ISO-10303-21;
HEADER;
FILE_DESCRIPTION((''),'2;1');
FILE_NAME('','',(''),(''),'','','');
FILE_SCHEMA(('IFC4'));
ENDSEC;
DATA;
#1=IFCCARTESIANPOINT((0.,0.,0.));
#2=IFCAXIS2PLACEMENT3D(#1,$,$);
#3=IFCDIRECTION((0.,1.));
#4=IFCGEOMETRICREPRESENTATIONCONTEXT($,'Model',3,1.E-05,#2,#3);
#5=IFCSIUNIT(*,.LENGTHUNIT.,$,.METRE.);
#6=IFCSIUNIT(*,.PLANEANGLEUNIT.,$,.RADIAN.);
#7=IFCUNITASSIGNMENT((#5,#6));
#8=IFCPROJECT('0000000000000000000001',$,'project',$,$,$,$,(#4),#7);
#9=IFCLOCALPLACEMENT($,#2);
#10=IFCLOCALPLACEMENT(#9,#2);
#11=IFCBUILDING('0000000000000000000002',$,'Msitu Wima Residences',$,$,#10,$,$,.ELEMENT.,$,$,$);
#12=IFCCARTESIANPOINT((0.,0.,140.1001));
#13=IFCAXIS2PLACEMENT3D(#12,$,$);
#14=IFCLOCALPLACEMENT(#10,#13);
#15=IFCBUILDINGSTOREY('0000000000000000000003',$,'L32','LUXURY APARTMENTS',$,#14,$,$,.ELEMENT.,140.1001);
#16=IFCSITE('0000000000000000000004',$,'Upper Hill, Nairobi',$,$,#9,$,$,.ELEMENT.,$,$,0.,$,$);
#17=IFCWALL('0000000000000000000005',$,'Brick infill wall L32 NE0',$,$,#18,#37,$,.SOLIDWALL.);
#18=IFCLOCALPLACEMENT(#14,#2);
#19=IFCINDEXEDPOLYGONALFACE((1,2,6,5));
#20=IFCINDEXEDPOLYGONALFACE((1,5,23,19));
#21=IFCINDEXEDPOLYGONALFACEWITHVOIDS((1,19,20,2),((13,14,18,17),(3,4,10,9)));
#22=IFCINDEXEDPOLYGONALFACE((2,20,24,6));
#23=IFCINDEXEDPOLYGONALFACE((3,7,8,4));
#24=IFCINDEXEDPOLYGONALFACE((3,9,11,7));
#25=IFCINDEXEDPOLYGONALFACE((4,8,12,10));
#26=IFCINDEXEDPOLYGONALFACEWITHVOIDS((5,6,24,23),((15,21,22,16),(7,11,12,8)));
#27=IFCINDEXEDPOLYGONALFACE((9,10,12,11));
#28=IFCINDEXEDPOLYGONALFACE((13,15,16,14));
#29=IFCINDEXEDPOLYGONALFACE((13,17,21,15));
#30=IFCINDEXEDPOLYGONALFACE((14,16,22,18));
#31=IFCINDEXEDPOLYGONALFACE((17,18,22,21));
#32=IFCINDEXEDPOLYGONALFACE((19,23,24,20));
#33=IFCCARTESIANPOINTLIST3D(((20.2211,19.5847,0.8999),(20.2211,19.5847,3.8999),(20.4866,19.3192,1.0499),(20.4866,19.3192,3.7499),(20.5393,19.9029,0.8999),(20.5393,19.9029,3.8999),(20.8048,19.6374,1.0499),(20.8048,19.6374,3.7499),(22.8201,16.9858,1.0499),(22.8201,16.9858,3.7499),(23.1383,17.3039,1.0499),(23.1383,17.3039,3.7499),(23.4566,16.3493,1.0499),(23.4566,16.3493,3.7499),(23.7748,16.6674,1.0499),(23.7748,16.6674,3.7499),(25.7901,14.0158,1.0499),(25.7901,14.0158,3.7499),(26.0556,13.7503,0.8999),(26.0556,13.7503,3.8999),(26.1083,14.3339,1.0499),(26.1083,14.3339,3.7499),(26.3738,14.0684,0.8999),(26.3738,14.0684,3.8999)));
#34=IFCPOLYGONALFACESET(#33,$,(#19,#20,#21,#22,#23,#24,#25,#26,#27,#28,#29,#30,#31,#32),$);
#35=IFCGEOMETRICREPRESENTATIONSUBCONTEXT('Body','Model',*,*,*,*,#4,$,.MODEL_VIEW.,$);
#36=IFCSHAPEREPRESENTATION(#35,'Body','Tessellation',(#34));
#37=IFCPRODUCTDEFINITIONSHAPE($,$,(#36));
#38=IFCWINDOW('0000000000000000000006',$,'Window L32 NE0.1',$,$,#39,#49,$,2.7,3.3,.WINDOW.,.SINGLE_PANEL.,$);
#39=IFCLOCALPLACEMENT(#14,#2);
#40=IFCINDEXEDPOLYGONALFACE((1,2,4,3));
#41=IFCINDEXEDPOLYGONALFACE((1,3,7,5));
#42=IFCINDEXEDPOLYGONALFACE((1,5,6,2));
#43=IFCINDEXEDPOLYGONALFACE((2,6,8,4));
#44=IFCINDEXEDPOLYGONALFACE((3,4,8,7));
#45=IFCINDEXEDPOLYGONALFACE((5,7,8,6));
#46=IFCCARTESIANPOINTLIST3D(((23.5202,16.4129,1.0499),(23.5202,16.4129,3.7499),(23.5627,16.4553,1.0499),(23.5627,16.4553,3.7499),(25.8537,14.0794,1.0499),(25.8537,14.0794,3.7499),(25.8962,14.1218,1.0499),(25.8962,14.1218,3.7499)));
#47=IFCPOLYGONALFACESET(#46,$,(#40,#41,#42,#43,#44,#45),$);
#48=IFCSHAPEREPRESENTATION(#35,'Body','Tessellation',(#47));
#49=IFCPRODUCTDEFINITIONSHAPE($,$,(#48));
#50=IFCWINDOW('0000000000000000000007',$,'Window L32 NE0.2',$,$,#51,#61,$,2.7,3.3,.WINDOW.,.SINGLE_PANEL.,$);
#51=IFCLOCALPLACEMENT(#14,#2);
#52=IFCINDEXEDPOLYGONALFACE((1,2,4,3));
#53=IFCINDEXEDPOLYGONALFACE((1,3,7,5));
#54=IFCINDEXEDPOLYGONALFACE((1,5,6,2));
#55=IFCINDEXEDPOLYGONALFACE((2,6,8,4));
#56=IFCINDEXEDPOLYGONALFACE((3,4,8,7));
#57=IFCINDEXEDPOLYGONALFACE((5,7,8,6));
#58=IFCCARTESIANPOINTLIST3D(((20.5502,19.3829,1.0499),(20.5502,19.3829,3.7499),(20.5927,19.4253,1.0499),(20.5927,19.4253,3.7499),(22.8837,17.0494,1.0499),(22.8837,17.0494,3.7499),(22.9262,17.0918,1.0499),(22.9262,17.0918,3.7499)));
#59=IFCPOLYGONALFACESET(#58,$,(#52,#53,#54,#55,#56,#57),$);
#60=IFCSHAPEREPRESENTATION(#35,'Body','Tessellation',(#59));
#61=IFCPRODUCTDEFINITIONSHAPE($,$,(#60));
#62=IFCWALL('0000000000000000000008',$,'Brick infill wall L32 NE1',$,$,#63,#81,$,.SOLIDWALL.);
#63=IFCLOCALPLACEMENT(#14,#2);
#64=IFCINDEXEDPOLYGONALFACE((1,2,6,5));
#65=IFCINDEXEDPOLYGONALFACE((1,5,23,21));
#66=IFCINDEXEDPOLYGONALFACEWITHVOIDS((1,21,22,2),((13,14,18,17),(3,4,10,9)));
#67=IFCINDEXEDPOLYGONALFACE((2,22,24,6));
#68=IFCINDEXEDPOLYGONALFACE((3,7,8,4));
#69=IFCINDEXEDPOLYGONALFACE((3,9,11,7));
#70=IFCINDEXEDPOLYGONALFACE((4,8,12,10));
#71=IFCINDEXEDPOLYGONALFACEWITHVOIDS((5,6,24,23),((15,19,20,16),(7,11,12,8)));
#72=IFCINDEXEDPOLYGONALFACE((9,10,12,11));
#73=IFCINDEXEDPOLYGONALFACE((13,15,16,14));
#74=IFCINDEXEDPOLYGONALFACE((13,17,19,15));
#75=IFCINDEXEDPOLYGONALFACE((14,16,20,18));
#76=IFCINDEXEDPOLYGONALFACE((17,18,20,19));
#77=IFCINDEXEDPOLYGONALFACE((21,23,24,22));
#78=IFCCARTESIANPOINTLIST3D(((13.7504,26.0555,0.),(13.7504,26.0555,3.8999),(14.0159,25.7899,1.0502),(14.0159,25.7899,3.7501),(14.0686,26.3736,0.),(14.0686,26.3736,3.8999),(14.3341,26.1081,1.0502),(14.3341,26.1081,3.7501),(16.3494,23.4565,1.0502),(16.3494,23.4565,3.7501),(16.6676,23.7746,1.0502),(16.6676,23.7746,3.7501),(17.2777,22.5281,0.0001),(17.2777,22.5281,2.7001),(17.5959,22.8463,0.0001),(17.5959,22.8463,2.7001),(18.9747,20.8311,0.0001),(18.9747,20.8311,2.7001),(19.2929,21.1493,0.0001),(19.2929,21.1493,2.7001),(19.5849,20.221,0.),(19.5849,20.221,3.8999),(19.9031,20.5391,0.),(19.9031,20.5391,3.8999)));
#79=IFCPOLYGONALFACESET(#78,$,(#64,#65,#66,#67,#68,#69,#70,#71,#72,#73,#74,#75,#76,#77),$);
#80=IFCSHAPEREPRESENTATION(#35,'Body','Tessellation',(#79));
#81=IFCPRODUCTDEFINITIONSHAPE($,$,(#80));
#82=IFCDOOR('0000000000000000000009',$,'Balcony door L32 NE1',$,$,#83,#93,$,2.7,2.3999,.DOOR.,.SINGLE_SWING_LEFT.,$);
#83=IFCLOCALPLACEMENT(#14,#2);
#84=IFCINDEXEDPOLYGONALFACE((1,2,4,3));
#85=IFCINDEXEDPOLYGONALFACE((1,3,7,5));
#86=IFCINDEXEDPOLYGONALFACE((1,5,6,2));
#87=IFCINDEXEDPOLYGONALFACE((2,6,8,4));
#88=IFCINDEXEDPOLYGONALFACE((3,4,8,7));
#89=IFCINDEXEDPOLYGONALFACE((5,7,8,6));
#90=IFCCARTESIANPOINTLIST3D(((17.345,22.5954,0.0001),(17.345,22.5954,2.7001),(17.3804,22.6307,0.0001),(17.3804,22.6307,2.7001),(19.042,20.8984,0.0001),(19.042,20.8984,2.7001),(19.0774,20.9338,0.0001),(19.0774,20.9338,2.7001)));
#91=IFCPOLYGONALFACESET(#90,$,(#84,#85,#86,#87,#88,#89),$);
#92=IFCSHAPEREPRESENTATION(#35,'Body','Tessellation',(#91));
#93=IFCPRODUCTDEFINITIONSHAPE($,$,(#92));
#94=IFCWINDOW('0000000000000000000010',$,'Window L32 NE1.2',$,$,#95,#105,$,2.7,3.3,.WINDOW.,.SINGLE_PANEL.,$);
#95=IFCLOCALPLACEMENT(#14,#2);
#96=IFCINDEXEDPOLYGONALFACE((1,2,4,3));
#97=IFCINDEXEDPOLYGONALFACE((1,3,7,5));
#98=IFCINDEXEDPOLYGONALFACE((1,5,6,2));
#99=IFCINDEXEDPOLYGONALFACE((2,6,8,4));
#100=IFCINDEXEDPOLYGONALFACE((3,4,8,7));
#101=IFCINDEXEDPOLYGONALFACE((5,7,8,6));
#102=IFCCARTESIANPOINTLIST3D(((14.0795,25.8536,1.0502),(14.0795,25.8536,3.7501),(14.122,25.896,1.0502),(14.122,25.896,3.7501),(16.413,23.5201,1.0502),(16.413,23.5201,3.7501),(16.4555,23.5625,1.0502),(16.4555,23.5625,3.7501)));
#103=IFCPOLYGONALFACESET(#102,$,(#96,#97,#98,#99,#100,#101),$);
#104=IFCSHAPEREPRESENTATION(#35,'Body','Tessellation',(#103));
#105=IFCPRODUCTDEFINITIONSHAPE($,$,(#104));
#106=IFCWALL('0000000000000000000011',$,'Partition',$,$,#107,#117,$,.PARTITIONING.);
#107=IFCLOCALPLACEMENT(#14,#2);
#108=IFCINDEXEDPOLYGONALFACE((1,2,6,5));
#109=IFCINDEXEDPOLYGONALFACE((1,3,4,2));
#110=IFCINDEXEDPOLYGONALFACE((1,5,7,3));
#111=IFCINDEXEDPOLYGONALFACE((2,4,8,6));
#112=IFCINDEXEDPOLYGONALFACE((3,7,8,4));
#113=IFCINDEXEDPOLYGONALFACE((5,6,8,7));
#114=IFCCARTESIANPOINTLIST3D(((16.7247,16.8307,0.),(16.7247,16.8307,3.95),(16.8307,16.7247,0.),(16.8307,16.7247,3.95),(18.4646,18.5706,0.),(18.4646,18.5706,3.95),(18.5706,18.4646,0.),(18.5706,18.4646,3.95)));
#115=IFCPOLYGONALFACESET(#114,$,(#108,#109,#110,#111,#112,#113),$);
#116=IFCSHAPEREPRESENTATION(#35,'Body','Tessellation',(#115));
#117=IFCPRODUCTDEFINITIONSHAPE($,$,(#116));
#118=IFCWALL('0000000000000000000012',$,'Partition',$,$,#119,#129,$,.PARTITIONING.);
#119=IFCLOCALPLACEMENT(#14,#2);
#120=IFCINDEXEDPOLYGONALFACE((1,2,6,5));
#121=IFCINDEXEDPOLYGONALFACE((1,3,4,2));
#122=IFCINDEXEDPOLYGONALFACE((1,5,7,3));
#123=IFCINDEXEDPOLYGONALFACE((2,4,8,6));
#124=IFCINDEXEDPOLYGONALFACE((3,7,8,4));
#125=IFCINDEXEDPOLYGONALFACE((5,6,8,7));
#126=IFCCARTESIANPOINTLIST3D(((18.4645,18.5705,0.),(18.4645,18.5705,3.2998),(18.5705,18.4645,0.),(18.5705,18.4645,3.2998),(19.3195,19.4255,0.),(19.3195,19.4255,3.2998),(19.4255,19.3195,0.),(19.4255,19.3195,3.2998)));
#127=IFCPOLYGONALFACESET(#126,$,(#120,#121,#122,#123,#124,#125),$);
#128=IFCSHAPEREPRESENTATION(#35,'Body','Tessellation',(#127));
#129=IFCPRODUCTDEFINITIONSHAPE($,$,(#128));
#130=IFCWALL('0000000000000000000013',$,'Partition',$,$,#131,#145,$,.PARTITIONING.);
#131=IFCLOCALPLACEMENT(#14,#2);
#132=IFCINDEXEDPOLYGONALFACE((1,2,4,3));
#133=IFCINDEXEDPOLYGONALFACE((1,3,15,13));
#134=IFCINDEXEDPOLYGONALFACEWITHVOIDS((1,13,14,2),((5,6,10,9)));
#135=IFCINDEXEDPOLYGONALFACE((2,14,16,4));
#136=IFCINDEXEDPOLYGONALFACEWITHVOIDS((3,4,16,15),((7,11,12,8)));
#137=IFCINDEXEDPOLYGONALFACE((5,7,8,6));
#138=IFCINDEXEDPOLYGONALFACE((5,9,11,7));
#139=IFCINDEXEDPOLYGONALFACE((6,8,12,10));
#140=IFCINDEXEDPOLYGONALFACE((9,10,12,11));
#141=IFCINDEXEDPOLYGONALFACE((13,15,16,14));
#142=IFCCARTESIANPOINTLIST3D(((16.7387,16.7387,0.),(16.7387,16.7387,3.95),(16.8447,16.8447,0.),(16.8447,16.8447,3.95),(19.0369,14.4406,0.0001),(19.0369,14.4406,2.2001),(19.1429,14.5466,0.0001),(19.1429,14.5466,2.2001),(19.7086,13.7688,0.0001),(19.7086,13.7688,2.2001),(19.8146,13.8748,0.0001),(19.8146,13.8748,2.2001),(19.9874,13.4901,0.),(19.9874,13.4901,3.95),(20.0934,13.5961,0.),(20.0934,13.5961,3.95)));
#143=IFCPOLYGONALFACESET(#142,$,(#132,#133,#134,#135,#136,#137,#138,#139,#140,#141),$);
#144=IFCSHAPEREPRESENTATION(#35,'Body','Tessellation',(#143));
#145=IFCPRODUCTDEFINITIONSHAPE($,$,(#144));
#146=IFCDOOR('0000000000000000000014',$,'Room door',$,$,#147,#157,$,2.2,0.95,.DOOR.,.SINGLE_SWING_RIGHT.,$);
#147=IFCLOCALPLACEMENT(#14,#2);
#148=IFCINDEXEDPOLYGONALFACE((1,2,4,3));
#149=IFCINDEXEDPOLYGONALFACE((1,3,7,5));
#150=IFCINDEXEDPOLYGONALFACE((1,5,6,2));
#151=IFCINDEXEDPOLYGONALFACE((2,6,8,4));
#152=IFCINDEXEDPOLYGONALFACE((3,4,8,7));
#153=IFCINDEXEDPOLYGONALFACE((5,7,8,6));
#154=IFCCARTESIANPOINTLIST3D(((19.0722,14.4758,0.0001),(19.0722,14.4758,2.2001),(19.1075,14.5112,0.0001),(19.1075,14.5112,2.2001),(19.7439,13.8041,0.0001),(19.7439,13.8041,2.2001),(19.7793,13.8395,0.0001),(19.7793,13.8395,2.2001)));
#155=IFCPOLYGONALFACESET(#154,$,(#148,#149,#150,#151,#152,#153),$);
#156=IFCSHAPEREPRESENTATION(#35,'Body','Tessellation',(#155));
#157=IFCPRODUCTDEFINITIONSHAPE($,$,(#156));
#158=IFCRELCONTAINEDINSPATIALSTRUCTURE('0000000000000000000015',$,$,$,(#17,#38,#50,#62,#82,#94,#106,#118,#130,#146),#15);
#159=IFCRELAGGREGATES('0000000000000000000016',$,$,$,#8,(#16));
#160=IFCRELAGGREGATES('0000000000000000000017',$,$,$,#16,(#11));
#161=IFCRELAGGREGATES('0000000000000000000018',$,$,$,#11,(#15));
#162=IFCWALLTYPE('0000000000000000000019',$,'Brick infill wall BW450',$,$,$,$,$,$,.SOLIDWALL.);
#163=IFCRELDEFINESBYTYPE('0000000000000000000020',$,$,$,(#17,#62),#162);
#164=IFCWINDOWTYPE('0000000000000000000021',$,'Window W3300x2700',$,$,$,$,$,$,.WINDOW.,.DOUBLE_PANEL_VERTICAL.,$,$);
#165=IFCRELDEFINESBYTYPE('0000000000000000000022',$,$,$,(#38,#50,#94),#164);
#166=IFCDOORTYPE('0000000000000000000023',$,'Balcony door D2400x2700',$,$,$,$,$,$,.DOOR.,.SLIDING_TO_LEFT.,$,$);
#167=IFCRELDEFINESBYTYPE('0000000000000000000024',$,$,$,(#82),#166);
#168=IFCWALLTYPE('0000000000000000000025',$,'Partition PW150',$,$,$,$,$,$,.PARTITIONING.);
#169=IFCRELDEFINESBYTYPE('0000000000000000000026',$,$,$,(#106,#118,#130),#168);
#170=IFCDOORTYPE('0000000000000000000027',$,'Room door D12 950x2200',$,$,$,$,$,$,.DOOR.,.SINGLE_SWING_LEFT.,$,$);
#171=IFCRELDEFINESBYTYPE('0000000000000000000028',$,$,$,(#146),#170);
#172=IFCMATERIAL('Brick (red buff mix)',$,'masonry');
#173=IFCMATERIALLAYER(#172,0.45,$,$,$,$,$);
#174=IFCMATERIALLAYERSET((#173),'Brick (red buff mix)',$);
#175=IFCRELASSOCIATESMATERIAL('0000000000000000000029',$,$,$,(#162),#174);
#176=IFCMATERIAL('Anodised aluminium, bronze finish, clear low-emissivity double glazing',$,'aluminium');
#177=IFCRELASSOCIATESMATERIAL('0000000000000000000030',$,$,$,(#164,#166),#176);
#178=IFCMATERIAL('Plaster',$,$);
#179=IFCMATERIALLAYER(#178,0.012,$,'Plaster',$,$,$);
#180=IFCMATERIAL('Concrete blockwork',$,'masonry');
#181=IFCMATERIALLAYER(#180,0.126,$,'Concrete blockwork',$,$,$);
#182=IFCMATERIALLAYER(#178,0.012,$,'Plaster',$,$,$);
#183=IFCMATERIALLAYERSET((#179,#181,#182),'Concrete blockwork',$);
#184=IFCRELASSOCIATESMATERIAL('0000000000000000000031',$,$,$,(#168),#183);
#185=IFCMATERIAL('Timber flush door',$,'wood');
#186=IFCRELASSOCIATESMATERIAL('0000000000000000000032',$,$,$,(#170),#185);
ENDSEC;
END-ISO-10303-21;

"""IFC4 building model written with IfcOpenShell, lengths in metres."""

from ifc_helpers import new_model, si_unit, direction, frame, frame_2d, origin, place, context, subcontext, project, spatial, rectangle, extrude, material, layer, layer_set, type_object, element, fill, save


model = new_model("IFC4")

# Units and contexts
model_context = context("Model", 3, precision=1e-05, world=origin(), true_north=direction((0.0, 1.0)))
body_context = subcontext(model_context, "Body", "Model", "MODEL_VIEW")
ifc_project = project(units=[si_unit("LENGTHUNIT", "METRE"), si_unit("PLANEANGLEUNIT", "RADIAN")], contexts=[model_context])

# Site, building, storey
site_placement = place(None, origin())
site = spatial("IfcSite", under=ifc_project, at=site_placement, Name="Upper Hill, Nairobi", CompositionType="ELEMENT", RefElevation=0.0)
building_placement = place(site_placement, origin())
building = spatial("IfcBuilding", under=site, at=building_placement, Name="Msitu Wima Residences", CompositionType="ELEMENT")
storey_placement = place(building_placement, frame((0.0, 0.0, 140.1001)))
storey = spatial("IfcBuildingStorey", under=building, at=storey_placement, Name="L32", Description="LUXURY APARTMENTS", CompositionType="ELEMENT", Elevation=140.1001)

# Wall, openings, windows
ifc_material_1 = material(Name="Brick (red buff mix)", Category="masonry")
ifc_layer_1 = layer(ifc_material_1, 0.45)
ifc_layer_set_1 = layer_set([ifc_layer_1], Name="Brick (red buff mix)")
wall_type_1 = type_object("IfcWallType", Name="Brick infill wall BW450", PredefinedType="SOLIDWALL", material=ifc_layer_set_1)
wall_1_placement = place(storey_placement, frame((26.2146, 13.9094, 0.8999), z_axis=(0.0, 0.0, 1.0), x_axis=(-0.707107, 0.707107, 0.0)))
wall_1 = element("IfcWall", 1, at=wall_1_placement, inside=storey, type_object=wall_type_1, Name="Brick infill wall L32 NE0", PredefinedType="SOLIDWALL", context=body_context, shape_type="SweptSolid", body=[
    extrude(rectangle(XDim=8.2512, YDim=0.45, at=frame_2d((4.1255, 0.0))), origin(), (0.0, 0.0, 1.0), 3.0),
])
opening_1_placement = place(wall_1_placement, frame((0.3755, 0.0, 0.1499)))
opening_1 = element("IfcOpeningElement", 2, at=opening_1_placement, cuts=wall_1, PredefinedType="OPENING", context=body_context, shape_type="SweptSolid", body=[
    extrude(rectangle(XDim=3.3, YDim=2.7, at=frame_2d((1.6499, 1.3501))), frame((0.0, 0.2349, 0.0), z_axis=(0.0, -1.0, 0.0), x_axis=(1.0, 0.0, 0.0)), (0.0, 0.0, 1.0), 0.47),
])
opening_2_placement = place(wall_1_placement, frame((4.5757, 0.0, 0.1499)))
opening_2 = element("IfcOpeningElement", 3, at=opening_2_placement, cuts=wall_1, PredefinedType="OPENING", context=body_context, shape_type="SweptSolid", body=[
    extrude(rectangle(XDim=3.3, YDim=2.7, at=frame_2d((1.6499, 1.3501))), frame((0.0, 0.2349, 0.0), z_axis=(0.0, -1.0, 0.0), x_axis=(1.0, 0.0, 0.0)), (0.0, 0.0, 1.0), 0.47),
])
ifc_material_2 = material(Name="Anodised aluminium, bronze finish, clear low-emissivity double glazing", Category="aluminium")
window_type = type_object("IfcWindowType", Name="Window W3300x2700", PartitioningType="DOUBLE_PANEL_VERTICAL", PredefinedType="WINDOW", material=ifc_material_2)
window_1_placement = place(opening_1_placement, origin())
window_1 = element("IfcWindow", 4, at=window_1_placement, inside=storey, type_object=window_type, Name="Window L32 NE0.1", OverallHeight=2.7, OverallWidth=3.3, PartitioningType="SINGLE_PANEL", PredefinedType="WINDOW", context=body_context, shape_type="SweptSolid", body=[
    extrude(rectangle(XDim=3.3, YDim=2.7, at=frame_2d((1.6499, 1.3501))), frame((0.0, 0.135, 0.0), z_axis=(0.0, -1.0, 0.0), x_axis=(1.0, 0.0, 0.0)), (0.0, 0.0, 1.0), 0.0601),
])
fill(opening_1, window_1)
window_2_placement = place(opening_2_placement, origin())
window_2 = element("IfcWindow", 5, at=window_2_placement, inside=storey, type_object=window_type, Name="Window L32 NE0.2", OverallHeight=2.7, OverallWidth=3.3, PartitioningType="SINGLE_PANEL", PredefinedType="WINDOW", context=body_context, shape_type="SweptSolid", body=[
    extrude(rectangle(XDim=3.3, YDim=2.7, at=frame_2d((1.6499, 1.3501))), frame((0.0, 0.135, 0.0), z_axis=(0.0, -1.0, 0.0), x_axis=(1.0, 0.0, 0.0)), (0.0, 0.0, 1.0), 0.0601),
])
fill(opening_2, window_2)

# Wall, openings, door, window
wall_2_placement = place(storey_placement, frame((19.7439, 20.3801, 0.0), z_axis=(0.0, 0.0, 1.0), x_axis=(-0.707107, 0.707107, 0.0)))
wall_2 = element("IfcWall", 6, at=wall_2_placement, inside=storey, type_object=wall_type_1, Name="Brick infill wall L32 NE1", PredefinedType="SOLIDWALL", context=body_context, shape_type="SweptSolid", body=[
    extrude(rectangle(XDim=8.2512, YDim=0.45, at=frame_2d((4.1255, 0.0))), origin(), (0.0, 0.0, 1.0), 3.8999),
])
opening_3_placement = place(wall_2_placement, frame((0.8628, 0.0, 0.0)))
opening_3 = element("IfcOpeningElement", 7, at=opening_3_placement, cuts=wall_2, PredefinedType="OPENING", context=body_context, shape_type="SweptSolid", body=[
    extrude(rectangle(XDim=2.3999, YDim=2.7, at=frame_2d((1.2, 1.3501))), frame((0.0, 0.2349, 0.0), z_axis=(0.0, -1.0, 0.0), x_axis=(1.0, 0.0, 0.0)), (0.0, 0.0, 1.0), 0.47),
])
opening_4_placement = place(wall_2_placement, frame((4.5757, 0.0, 1.05)))
opening_4 = element("IfcOpeningElement", 8, at=opening_4_placement, cuts=wall_2, PredefinedType="OPENING", context=body_context, shape_type="SweptSolid", body=[
    extrude(rectangle(XDim=3.3, YDim=2.7, at=frame_2d((1.6499, 1.3501))), frame((0.0, 0.2349, 0.0), z_axis=(0.0, -1.0, 0.0), x_axis=(1.0, 0.0, 0.0)), (0.0, 0.0, 1.0), 0.47),
])
door_type_1 = type_object("IfcDoorType", Name="Balcony door D2400x2700", OperationType="SLIDING_TO_LEFT", PredefinedType="DOOR", material=ifc_material_2)
door_1_placement = place(opening_3_placement, origin())
door_1 = element("IfcDoor", 9, at=door_1_placement, inside=storey, type_object=door_type_1, Name="Balcony door L32 NE1", OperationType="SINGLE_SWING_LEFT", OverallHeight=2.7, OverallWidth=2.3999, PredefinedType="DOOR", context=body_context, shape_type="SweptSolid", body=[
    extrude(rectangle(XDim=2.3999, YDim=2.7, at=frame_2d((1.2, 1.3501))), frame((0.0, 0.1299, 0.0), z_axis=(0.0, -1.0, 0.0), x_axis=(1.0, 0.0, 0.0)), (0.0, 0.0, 1.0), 0.05),
])
fill(opening_3, door_1)
window_3_placement = place(opening_4_placement, origin())
window_3 = element("IfcWindow", 10, at=window_3_placement, inside=storey, type_object=window_type, Name="Window L32 NE1.2", OverallHeight=2.7, OverallWidth=3.3, PartitioningType="SINGLE_PANEL", PredefinedType="WINDOW", context=body_context, shape_type="SweptSolid", body=[
    extrude(rectangle(XDim=3.3, YDim=2.7, at=frame_2d((1.6499, 1.3501))), frame((0.0, 0.135, 0.0), z_axis=(0.0, -1.0, 0.0), x_axis=(1.0, 0.0, 0.0)), (0.0, 0.0, 1.0), 0.0601),
])
fill(opening_4, window_3)

# Walls
ifc_material_3 = material(Name="Plaster")
ifc_layer_2 = layer(ifc_material_3, 0.012, Name="Plaster")
ifc_material_4 = material(Name="Concrete blockwork", Category="masonry")
ifc_layer_3 = layer(ifc_material_4, 0.126, Name="Concrete blockwork")
ifc_layer_4 = layer(ifc_material_3, 0.012, Name="Plaster")
ifc_layer_set_2 = layer_set([ifc_layer_2, ifc_layer_3, ifc_layer_4], Name="Concrete blockwork")
wall_type_2 = type_object("IfcWallType", Name="Partition PW150", PredefinedType="PARTITIONING", material=ifc_layer_set_2)
wall_3_placement = place(storey_placement, frame((16.7776, 16.7776, 0.0), z_axis=(0.0, 0.0, 1.0), x_axis=(0.707107, 0.707107, 0.0)))
element("IfcWall", 11, at=wall_3_placement, inside=storey, type_object=wall_type_2, Name="Partition", PredefinedType="PARTITIONING", context=body_context, shape_type="SweptSolid", body=[
    extrude(rectangle(XDim=2.4607, YDim=0.1499, at=frame_2d((1.2305, 0.0))), origin(), (0.0, 0.0, 1.0), 3.95),
])
wall_4_placement = place(storey_placement, frame((18.5176, 18.5176, 0.0), z_axis=(0.0, 0.0, 1.0), x_axis=(0.707107, 0.707107, 0.0)))
element("IfcWall", 12, at=wall_4_placement, inside=storey, type_object=wall_type_2, Name="Partition", PredefinedType="PARTITIONING", context=body_context, shape_type="SweptSolid", body=[
    extrude(rectangle(XDim=1.2092, YDim=0.1499, at=frame_2d((0.6045, 0.0))), origin(), (0.0, 0.0, 1.0), 3.2998),
])

# Wall, opening, door
wall_5_placement = place(storey_placement, frame((16.7917, 16.7917, 0.0), z_axis=(0.0, 0.0, 1.0), x_axis=(0.707107, -0.707107, 0.0)))
wall_5 = element("IfcWall", 13, at=wall_5_placement, inside=storey, type_object=wall_type_2, Name="Partition", PredefinedType="PARTITIONING", context=body_context, shape_type="SweptSolid", body=[
    extrude(rectangle(XDim=4.5942, YDim=0.1499, at=frame_2d((2.2971, 0.0))), origin(), (0.0, 0.0, 1.0), 3.95),
])
opening_5_placement = place(wall_5_placement, frame((3.25, 0.0, 0.0)))
opening_5 = element("IfcOpeningElement", 14, at=opening_5_placement, cuts=wall_5, PredefinedType="OPENING", context=body_context, shape_type="SweptSolid", body=[
    extrude(rectangle(XDim=0.95, YDim=2.2, at=frame_2d((0.4751, 1.1001))), frame((0.0, 0.085, 0.0), z_axis=(0.0, -1.0, 0.0), x_axis=(1.0, 0.0, 0.0)), (0.0, 0.0, 1.0), 0.1699),
])
ifc_material_5 = material(Name="Timber flush door", Category="wood")
door_type_2 = type_object("IfcDoorType", Name="Room door D12 950x2200", OperationType="SINGLE_SWING_LEFT", PredefinedType="DOOR", material=ifc_material_5)
door_2_placement = place(opening_5_placement, origin())
door_2 = element("IfcDoor", 15, at=door_2_placement, inside=storey, type_object=door_type_2, Name="Room door", OperationType="SINGLE_SWING_RIGHT", OverallHeight=2.2, OverallWidth=0.95, PredefinedType="DOOR", context=body_context, shape_type="SweptSolid", body=[
    extrude(rectangle(XDim=0.95, YDim=2.2, at=frame_2d((0.4751, 1.1001))), frame((0.0, 0.0249, 0.0), z_axis=(0.0, -1.0, 0.0), x_axis=(1.0, 0.0, 0.0)), (0.0, 0.0, 1.0), 0.05),
])
fill(opening_5, door_2)

save(model, "model.ifc")
